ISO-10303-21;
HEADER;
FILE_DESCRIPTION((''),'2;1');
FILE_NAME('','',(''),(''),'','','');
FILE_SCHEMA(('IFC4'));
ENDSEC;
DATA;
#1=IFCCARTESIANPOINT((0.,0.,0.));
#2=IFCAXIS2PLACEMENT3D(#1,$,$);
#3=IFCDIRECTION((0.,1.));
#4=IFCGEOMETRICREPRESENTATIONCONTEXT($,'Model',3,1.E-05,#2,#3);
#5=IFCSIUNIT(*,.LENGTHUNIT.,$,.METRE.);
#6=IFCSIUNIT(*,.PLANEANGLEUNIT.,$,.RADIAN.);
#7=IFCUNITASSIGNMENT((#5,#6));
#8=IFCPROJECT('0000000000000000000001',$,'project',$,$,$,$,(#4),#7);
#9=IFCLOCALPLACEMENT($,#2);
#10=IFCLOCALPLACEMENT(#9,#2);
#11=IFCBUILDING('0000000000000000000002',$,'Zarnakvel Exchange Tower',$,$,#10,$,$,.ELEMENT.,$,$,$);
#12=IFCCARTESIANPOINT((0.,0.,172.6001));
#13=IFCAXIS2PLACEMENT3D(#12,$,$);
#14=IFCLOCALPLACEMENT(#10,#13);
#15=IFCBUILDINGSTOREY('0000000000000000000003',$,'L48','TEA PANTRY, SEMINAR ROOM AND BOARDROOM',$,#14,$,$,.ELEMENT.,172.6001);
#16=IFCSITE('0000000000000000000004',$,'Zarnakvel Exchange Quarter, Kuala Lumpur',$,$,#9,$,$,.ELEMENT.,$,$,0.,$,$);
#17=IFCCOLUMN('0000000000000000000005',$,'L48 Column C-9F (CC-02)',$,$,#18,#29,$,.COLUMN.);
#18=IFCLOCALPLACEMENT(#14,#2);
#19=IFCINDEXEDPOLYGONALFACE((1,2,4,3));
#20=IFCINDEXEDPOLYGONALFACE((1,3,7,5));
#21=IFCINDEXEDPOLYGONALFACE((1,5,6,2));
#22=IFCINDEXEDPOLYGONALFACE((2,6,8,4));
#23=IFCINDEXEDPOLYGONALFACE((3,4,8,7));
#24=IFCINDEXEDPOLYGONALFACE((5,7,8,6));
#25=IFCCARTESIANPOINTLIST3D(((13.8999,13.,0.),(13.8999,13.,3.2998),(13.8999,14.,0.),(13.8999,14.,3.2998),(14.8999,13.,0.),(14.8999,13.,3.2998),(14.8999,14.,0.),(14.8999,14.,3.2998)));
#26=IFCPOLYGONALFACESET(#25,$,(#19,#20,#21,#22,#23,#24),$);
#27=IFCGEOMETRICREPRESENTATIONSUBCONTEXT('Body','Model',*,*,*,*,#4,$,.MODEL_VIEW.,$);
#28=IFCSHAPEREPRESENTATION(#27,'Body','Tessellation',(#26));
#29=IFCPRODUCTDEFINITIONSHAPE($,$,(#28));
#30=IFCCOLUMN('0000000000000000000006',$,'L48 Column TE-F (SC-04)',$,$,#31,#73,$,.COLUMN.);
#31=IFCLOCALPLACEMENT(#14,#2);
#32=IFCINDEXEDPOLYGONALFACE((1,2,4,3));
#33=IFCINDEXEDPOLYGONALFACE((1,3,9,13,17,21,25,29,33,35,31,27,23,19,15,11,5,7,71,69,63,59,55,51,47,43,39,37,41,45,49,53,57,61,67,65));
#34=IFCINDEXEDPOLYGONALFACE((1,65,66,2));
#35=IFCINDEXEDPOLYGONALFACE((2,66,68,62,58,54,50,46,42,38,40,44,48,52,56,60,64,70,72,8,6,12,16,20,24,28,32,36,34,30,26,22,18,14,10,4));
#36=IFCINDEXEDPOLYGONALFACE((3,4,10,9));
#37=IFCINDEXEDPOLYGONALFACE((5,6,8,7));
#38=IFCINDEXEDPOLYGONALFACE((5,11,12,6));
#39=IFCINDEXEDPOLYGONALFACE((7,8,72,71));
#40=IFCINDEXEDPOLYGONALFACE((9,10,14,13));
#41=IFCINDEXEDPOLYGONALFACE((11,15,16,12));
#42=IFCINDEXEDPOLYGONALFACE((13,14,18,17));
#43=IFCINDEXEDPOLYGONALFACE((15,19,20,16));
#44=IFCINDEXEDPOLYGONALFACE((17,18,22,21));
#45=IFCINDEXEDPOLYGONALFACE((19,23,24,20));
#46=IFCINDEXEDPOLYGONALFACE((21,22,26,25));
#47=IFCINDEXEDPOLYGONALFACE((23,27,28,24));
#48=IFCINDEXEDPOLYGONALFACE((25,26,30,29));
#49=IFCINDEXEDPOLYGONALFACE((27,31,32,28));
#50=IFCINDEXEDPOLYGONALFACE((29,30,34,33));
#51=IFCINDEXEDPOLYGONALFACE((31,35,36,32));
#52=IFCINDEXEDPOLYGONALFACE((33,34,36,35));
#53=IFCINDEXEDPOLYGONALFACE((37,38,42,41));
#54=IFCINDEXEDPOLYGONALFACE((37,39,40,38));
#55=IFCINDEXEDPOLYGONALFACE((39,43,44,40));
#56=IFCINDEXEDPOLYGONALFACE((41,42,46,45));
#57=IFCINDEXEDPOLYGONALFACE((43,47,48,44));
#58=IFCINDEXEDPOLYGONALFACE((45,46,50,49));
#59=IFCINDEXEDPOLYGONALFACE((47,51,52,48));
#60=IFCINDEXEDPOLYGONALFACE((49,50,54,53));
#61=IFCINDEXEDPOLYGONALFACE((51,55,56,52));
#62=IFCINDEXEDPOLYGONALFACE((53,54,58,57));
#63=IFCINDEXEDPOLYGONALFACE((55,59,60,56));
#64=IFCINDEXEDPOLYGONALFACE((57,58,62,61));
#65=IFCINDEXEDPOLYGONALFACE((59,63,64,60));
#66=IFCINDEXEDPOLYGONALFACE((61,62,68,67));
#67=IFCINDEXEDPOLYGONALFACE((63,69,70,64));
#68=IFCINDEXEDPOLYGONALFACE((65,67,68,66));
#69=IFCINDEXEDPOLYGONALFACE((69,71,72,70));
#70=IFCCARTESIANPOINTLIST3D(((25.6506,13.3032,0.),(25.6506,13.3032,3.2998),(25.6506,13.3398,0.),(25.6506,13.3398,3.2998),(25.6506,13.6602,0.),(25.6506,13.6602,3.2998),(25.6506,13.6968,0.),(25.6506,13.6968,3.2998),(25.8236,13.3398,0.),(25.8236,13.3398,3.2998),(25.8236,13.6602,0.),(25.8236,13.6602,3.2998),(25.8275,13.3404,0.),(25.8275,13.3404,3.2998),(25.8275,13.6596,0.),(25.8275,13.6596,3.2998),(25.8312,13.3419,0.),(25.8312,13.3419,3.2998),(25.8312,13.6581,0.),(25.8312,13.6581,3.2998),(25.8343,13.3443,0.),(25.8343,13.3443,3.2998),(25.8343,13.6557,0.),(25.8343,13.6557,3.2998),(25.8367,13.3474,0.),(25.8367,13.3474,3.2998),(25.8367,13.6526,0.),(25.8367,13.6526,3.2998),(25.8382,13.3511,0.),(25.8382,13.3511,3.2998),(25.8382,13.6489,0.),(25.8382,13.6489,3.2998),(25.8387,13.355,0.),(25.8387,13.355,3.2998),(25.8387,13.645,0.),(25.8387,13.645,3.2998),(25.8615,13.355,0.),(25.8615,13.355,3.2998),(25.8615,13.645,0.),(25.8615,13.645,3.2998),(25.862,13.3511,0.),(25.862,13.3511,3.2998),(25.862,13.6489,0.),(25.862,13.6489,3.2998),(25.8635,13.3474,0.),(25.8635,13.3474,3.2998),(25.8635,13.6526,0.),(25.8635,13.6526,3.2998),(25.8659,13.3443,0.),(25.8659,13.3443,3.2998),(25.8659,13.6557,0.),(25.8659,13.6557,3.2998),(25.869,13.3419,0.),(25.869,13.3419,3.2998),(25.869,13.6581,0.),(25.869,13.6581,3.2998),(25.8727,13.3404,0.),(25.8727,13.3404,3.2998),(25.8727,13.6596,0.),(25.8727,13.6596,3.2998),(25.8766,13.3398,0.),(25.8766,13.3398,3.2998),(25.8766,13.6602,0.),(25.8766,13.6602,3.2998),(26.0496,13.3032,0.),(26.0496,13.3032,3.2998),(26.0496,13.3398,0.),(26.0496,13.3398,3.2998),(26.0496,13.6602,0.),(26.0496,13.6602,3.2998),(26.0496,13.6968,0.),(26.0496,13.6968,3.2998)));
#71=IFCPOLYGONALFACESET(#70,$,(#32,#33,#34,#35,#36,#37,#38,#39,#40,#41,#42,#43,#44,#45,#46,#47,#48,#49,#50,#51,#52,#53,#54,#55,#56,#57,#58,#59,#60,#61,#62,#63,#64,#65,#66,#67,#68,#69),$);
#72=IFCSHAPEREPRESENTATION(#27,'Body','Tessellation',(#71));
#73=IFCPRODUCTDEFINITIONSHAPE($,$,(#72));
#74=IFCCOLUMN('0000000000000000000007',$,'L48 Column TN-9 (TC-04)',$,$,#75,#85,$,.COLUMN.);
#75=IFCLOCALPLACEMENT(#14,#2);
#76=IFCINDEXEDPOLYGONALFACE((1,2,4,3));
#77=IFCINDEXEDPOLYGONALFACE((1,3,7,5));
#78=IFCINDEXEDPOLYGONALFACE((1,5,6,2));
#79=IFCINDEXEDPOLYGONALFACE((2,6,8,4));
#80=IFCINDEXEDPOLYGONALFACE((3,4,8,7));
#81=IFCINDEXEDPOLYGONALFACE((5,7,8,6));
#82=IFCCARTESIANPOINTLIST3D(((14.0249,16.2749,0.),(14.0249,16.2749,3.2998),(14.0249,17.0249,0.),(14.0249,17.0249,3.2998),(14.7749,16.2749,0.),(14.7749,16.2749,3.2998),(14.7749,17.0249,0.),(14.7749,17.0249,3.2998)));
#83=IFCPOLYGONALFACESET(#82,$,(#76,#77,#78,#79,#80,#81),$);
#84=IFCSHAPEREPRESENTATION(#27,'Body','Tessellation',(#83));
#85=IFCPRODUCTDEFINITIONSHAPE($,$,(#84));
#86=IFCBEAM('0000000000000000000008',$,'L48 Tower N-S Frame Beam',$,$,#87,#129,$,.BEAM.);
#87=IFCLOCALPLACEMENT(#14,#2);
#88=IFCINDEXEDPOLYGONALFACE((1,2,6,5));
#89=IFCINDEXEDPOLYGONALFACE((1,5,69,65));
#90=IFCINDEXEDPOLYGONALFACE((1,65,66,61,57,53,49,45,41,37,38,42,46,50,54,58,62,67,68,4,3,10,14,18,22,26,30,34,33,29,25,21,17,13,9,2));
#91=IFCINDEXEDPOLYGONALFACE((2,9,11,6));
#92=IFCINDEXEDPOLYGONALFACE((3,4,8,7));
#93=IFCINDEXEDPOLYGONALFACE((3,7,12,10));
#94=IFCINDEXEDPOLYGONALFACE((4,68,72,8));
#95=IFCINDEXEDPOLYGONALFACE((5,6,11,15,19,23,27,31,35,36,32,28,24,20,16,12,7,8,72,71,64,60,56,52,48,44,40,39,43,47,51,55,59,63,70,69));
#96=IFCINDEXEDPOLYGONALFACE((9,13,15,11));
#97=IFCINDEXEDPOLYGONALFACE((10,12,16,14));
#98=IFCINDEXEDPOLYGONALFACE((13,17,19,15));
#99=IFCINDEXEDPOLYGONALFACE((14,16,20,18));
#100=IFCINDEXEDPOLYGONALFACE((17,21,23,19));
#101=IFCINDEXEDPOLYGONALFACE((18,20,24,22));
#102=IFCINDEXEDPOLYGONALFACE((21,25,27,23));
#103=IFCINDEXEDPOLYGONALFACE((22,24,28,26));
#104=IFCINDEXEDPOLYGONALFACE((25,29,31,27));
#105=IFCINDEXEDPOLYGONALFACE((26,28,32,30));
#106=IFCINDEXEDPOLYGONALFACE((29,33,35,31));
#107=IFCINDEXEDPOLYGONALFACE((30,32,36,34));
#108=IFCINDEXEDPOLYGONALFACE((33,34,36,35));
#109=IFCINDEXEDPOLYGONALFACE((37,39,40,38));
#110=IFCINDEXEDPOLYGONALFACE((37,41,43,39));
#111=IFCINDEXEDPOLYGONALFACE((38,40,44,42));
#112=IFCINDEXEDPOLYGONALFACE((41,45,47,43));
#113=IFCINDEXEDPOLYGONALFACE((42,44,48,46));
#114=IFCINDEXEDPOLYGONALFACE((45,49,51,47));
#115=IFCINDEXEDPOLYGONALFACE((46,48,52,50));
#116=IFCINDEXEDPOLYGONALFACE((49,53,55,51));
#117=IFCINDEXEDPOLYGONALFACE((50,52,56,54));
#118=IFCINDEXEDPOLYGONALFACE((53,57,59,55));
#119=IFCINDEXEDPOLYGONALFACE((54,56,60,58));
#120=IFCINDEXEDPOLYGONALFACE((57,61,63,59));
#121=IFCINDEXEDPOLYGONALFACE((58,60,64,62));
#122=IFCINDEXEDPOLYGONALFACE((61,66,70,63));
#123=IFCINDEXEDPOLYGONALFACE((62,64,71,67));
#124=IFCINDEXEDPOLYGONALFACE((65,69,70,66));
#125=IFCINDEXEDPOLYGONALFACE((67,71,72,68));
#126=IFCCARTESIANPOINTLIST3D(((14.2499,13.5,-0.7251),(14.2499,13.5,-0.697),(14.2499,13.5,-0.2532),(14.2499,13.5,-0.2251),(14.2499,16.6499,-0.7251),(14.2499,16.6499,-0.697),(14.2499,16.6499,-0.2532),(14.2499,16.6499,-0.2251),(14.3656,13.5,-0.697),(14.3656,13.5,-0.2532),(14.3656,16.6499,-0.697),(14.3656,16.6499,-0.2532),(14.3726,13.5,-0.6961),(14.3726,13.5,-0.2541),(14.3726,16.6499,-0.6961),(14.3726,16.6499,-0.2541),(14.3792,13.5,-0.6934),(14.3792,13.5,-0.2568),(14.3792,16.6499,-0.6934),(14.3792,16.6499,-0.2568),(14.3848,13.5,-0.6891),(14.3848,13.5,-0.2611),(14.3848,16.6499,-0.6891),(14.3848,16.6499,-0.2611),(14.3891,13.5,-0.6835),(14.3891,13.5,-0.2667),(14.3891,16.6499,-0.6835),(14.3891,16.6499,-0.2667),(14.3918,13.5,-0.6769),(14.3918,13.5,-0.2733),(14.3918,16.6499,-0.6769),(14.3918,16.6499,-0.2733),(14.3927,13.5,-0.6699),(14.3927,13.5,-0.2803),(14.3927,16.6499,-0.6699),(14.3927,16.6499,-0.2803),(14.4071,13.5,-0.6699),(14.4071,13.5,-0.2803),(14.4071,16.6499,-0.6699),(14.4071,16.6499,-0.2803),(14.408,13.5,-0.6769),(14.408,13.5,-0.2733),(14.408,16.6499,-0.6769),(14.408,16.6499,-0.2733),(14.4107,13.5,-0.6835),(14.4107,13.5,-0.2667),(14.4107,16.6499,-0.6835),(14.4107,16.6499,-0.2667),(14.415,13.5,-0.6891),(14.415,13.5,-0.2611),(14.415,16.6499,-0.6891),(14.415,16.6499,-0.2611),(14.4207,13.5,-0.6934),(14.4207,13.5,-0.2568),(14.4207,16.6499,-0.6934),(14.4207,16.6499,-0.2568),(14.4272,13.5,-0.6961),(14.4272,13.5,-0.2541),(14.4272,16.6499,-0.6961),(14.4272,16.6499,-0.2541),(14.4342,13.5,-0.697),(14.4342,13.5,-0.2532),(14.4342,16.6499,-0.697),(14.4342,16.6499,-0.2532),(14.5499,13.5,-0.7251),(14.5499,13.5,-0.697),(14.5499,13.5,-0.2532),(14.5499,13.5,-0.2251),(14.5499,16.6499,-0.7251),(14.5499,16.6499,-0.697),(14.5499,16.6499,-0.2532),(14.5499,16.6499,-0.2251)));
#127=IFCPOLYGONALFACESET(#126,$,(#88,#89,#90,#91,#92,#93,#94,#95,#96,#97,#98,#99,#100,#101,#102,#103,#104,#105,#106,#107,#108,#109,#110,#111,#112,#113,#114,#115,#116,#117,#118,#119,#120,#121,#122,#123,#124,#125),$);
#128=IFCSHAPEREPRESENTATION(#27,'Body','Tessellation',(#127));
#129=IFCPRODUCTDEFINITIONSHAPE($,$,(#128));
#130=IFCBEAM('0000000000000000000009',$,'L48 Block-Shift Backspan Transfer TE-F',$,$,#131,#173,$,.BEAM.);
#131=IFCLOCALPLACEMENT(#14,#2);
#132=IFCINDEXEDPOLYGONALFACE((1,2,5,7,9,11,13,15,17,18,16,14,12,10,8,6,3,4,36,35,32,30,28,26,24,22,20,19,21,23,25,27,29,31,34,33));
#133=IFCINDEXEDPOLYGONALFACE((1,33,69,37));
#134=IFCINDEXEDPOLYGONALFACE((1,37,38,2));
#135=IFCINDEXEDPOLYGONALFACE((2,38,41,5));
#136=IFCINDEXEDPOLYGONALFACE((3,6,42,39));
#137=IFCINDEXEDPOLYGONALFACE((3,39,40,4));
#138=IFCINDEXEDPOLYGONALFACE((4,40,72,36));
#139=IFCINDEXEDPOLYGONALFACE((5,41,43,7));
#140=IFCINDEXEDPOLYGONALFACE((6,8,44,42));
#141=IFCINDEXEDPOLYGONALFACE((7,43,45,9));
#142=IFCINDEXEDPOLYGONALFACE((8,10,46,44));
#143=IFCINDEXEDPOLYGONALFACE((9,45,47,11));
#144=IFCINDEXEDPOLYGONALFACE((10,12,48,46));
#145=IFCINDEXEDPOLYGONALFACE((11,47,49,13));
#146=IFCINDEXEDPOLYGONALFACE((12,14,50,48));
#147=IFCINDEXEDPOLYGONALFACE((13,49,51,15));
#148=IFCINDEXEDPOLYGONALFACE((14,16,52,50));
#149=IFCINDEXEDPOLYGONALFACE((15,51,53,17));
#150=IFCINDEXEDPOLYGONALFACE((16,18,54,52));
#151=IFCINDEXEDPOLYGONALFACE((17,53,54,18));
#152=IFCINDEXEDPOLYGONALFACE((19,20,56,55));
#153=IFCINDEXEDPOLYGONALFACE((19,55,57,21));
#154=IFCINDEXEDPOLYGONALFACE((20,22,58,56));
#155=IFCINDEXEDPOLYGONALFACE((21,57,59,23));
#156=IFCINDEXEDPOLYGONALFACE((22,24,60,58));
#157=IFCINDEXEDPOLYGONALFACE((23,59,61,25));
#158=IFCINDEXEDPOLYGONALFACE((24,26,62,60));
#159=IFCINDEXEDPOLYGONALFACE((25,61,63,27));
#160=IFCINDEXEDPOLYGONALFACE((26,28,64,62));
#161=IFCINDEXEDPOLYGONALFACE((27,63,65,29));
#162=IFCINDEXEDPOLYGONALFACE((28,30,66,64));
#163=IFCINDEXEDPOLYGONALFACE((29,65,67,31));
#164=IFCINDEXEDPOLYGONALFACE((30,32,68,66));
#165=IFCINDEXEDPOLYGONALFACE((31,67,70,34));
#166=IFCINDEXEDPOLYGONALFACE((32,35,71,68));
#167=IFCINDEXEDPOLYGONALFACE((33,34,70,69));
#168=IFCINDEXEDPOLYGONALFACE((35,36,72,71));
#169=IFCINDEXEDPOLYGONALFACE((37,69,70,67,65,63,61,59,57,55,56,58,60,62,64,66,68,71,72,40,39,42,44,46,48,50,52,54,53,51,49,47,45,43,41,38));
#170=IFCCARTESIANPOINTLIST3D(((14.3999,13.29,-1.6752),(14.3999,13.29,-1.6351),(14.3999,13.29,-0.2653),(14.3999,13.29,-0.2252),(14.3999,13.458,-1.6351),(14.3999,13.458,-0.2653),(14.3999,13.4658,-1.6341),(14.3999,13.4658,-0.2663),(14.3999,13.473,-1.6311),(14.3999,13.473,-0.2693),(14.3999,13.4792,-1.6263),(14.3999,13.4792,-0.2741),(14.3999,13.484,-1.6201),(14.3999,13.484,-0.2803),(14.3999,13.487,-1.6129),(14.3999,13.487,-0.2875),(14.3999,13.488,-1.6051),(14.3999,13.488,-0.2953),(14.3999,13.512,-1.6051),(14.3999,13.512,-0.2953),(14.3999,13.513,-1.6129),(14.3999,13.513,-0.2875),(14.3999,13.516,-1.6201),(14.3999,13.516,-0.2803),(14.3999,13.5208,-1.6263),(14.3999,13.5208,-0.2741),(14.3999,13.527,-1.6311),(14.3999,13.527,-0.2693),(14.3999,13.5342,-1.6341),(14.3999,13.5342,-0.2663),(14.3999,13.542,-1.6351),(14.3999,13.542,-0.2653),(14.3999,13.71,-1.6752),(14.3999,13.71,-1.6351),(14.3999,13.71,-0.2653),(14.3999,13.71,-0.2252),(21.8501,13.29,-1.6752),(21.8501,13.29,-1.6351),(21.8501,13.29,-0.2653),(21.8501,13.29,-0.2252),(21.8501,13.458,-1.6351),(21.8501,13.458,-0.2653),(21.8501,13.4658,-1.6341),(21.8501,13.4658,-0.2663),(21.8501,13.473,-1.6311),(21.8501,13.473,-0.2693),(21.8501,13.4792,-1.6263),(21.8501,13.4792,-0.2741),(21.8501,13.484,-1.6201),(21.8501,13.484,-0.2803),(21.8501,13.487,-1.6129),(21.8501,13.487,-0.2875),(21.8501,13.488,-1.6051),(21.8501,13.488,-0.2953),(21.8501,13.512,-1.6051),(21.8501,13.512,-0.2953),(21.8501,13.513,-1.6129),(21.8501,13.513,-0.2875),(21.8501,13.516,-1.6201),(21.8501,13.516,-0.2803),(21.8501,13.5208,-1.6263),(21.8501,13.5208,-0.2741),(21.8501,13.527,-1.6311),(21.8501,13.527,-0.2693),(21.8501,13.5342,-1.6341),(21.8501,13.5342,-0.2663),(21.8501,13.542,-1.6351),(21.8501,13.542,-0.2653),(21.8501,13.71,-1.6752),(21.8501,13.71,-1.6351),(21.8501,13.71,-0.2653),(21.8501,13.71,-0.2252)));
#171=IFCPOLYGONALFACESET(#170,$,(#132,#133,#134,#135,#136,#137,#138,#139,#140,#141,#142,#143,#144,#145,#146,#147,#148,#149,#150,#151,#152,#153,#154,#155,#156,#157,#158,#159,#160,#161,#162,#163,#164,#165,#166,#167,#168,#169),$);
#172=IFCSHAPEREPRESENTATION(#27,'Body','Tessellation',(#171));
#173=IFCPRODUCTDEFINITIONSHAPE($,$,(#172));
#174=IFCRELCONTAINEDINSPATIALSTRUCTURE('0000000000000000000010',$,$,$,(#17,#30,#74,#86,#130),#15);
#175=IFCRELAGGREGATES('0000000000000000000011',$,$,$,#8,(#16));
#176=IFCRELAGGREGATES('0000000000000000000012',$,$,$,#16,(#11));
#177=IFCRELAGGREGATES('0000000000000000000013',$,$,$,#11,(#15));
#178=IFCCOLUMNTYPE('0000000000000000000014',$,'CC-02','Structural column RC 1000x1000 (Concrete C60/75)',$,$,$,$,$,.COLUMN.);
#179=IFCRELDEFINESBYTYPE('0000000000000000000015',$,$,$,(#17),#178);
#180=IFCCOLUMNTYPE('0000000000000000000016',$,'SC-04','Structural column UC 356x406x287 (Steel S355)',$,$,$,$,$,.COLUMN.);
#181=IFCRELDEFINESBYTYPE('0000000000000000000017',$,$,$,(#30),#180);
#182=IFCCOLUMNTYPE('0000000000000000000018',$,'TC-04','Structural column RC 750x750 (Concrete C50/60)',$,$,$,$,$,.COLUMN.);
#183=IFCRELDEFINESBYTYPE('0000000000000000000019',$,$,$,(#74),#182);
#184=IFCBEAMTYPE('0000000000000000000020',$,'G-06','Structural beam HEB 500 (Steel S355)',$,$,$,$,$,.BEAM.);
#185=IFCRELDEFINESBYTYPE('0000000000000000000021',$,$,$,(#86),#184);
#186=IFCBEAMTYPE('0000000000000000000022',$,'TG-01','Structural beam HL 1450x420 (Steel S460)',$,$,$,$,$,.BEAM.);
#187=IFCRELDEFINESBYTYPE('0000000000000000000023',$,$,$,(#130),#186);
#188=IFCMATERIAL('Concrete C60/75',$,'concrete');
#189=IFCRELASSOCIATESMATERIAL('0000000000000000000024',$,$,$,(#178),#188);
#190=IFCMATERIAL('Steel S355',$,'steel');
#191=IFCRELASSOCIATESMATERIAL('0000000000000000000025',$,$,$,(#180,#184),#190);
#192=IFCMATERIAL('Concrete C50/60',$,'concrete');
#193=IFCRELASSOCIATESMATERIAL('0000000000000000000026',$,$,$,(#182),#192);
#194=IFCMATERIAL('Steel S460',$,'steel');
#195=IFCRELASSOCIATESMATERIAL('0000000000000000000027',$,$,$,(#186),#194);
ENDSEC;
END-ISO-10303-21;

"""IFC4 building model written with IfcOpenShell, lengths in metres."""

from ifc_helpers import new_model, si_unit, direction, frame, origin, origin_2d, place, context, subcontext, project, spatial, rectangle, i_section, extrude, material, material_profile, profile_set, type_object, element, save


model = new_model("IFC4")

# Units and contexts
model_context = context("Model", 3, precision=1e-05, world=origin(), true_north=direction((0.0, 1.0)))
body_context = subcontext(model_context, "Body", "Model", "MODEL_VIEW")
ifc_project = project(units=[si_unit("LENGTHUNIT", "METRE"), si_unit("PLANEANGLEUNIT", "RADIAN")], contexts=[model_context])

# Site, building, storey
site_placement = place(None, origin())
site = spatial("IfcSite", under=ifc_project, at=site_placement, Name="Zarnakvel Exchange Quarter, Kuala Lumpur", CompositionType="ELEMENT", RefElevation=0.0)
building_placement = place(site_placement, origin())
building = spatial("IfcBuilding", under=site, at=building_placement, Name="Zarnakvel Exchange Tower", CompositionType="ELEMENT")
storey_placement = place(building_placement, frame((0.0, 0.0, 172.6001)))
storey = spatial("IfcBuildingStorey", under=building, at=storey_placement, Name="L48", Description="TEA PANTRY, SEMINAR ROOM AND BOARDROOM", CompositionType="ELEMENT", Elevation=172.6001)

# Columns
ifc_material_1 = material(Name="Concrete C60/75", Category="concrete")
ifc_material_profile_1 = material_profile(ifc_material_1, rectangle(XDim=1.0, YDim=1.0, at=origin_2d()))
ifc_profile_set_1 = profile_set([ifc_material_profile_1], Name="Concrete C60/75")
column_type_1 = type_object("IfcColumnType", Name="CC-02", Description="Structural column RC 1000x1000 (Concrete C60/75)", PredefinedType="COLUMN", material=ifc_profile_set_1)
column_1_placement = place(storey_placement, frame((14.3999, 13.5, 0.0), z_axis=(0.0, 0.0, 1.0), x_axis=(1.0, 0.0, 0.0)))
element("IfcColumn", 1, at=column_1_placement, inside=storey, type_object=column_type_1, Name="L48 Column C-9F (CC-02)", PredefinedType="COLUMN", context=body_context, shape_type="SweptSolid", body=[
    extrude(rectangle(XDim=1.0, YDim=1.0, at=origin_2d()), origin(), (0.0, 0.0, 1.0), 3.2998),
])
ifc_material_2 = material(Name="Steel S355", Category="steel")
ifc_material_profile_2 = material_profile(ifc_material_2, i_section(OverallWidth=0.3989, OverallDepth=0.3936, WebThickness=0.0227, FlangeThickness=0.0366, FilletRadius=0.0151, at=origin_2d()))
ifc_profile_set_2 = profile_set([ifc_material_profile_2], Name="Steel S355")
column_type_2 = type_object("IfcColumnType", Name="SC-04", Description="Structural column UC 356x406x287 (Steel S355)", PredefinedType="COLUMN", material=ifc_profile_set_2)
column_2_placement = place(storey_placement, frame((25.8501, 13.5, 0.0), z_axis=(0.0, 0.0, 1.0), x_axis=(1.0, 0.0, 0.0)))
element("IfcColumn", 2, at=column_2_placement, inside=storey, type_object=column_type_2, Name="L48 Column TE-F (SC-04)", PredefinedType="COLUMN", context=body_context, shape_type="SweptSolid", body=[
    extrude(i_section(OverallWidth=0.3989, OverallDepth=0.3936, WebThickness=0.0227, FlangeThickness=0.0366, FilletRadius=0.0151, at=origin_2d()), origin(), (0.0, 0.0, 1.0), 3.2998),
])
ifc_material_3 = material(Name="Concrete C50/60", Category="concrete")
ifc_material_profile_3 = material_profile(ifc_material_3, rectangle(XDim=0.75, YDim=0.75, at=origin_2d()))
ifc_profile_set_3 = profile_set([ifc_material_profile_3], Name="Concrete C50/60")
column_type_3 = type_object("IfcColumnType", Name="TC-04", Description="Structural column RC 750x750 (Concrete C50/60)", PredefinedType="COLUMN", material=ifc_profile_set_3)
column_3_placement = place(storey_placement, frame((14.3999, 16.6499, 0.0), z_axis=(0.0, 0.0, 1.0), x_axis=(1.0, 0.0, 0.0)))
element("IfcColumn", 3, at=column_3_placement, inside=storey, type_object=column_type_3, Name="L48 Column TN-9 (TC-04)", PredefinedType="COLUMN", context=body_context, shape_type="SweptSolid", body=[
    extrude(rectangle(XDim=0.75, YDim=0.75, at=origin_2d()), origin(), (0.0, 0.0, 1.0), 3.2998),
])

# Beams
ifc_material_profile_4 = material_profile(ifc_material_2, i_section(OverallWidth=0.3, OverallDepth=0.5, WebThickness=0.0144, FlangeThickness=0.0281, FilletRadius=0.0271, at=origin_2d()))
ifc_profile_set_4 = profile_set([ifc_material_profile_4], Name="Steel S355")
beam_type_1 = type_object("IfcBeamType", Name="G-06", Description="Structural beam HEB 500 (Steel S355)", PredefinedType="BEAM", material=ifc_profile_set_4)
beam_1_placement = place(storey_placement, frame((14.3999, 13.5, -0.4751), z_axis=(0.0, 1.0, 0.0), x_axis=(-1.0, 0.0, 0.0)))
element("IfcBeam", 4, at=beam_1_placement, inside=storey, type_object=beam_type_1, Name="L48 Tower N-S Frame Beam", PredefinedType="BEAM", context=body_context, shape_type="SweptSolid", body=[
    extrude(i_section(OverallWidth=0.3, OverallDepth=0.5, WebThickness=0.0144, FlangeThickness=0.0281, FilletRadius=0.0271, at=origin_2d()), origin(), (0.0, 0.0, 1.0), 3.1499),
])
ifc_material_4 = material(Name="Steel S460", Category="steel")
ifc_material_profile_5 = material_profile(ifc_material_4, i_section(OverallWidth=0.4199, OverallDepth=1.45, WebThickness=0.0239, FlangeThickness=0.04, FilletRadius=0.03, at=origin_2d()))
ifc_profile_set_5 = profile_set([ifc_material_profile_5], Name="Steel S460")
beam_type_2 = type_object("IfcBeamType", Name="TG-01", Description="Structural beam HL 1450x420 (Steel S460)", PredefinedType="BEAM", material=ifc_profile_set_5)
beam_2_placement = place(storey_placement, frame((14.3999, 13.5, -0.9502), z_axis=(1.0, 0.0, 0.0), x_axis=(0.0, 1.0, 0.0)))
element("IfcBeam", 5, at=beam_2_placement, inside=storey, type_object=beam_type_2, Name="L48 Block-Shift Backspan Transfer TE-F", PredefinedType="BEAM", context=body_context, shape_type="SweptSolid", body=[
    extrude(i_section(OverallWidth=0.4199, OverallDepth=1.45, WebThickness=0.0239, FlangeThickness=0.04, FilletRadius=0.03, at=origin_2d()), origin(), (0.0, 0.0, 1.0), 7.4502),
])

save(model, "model.ifc")
